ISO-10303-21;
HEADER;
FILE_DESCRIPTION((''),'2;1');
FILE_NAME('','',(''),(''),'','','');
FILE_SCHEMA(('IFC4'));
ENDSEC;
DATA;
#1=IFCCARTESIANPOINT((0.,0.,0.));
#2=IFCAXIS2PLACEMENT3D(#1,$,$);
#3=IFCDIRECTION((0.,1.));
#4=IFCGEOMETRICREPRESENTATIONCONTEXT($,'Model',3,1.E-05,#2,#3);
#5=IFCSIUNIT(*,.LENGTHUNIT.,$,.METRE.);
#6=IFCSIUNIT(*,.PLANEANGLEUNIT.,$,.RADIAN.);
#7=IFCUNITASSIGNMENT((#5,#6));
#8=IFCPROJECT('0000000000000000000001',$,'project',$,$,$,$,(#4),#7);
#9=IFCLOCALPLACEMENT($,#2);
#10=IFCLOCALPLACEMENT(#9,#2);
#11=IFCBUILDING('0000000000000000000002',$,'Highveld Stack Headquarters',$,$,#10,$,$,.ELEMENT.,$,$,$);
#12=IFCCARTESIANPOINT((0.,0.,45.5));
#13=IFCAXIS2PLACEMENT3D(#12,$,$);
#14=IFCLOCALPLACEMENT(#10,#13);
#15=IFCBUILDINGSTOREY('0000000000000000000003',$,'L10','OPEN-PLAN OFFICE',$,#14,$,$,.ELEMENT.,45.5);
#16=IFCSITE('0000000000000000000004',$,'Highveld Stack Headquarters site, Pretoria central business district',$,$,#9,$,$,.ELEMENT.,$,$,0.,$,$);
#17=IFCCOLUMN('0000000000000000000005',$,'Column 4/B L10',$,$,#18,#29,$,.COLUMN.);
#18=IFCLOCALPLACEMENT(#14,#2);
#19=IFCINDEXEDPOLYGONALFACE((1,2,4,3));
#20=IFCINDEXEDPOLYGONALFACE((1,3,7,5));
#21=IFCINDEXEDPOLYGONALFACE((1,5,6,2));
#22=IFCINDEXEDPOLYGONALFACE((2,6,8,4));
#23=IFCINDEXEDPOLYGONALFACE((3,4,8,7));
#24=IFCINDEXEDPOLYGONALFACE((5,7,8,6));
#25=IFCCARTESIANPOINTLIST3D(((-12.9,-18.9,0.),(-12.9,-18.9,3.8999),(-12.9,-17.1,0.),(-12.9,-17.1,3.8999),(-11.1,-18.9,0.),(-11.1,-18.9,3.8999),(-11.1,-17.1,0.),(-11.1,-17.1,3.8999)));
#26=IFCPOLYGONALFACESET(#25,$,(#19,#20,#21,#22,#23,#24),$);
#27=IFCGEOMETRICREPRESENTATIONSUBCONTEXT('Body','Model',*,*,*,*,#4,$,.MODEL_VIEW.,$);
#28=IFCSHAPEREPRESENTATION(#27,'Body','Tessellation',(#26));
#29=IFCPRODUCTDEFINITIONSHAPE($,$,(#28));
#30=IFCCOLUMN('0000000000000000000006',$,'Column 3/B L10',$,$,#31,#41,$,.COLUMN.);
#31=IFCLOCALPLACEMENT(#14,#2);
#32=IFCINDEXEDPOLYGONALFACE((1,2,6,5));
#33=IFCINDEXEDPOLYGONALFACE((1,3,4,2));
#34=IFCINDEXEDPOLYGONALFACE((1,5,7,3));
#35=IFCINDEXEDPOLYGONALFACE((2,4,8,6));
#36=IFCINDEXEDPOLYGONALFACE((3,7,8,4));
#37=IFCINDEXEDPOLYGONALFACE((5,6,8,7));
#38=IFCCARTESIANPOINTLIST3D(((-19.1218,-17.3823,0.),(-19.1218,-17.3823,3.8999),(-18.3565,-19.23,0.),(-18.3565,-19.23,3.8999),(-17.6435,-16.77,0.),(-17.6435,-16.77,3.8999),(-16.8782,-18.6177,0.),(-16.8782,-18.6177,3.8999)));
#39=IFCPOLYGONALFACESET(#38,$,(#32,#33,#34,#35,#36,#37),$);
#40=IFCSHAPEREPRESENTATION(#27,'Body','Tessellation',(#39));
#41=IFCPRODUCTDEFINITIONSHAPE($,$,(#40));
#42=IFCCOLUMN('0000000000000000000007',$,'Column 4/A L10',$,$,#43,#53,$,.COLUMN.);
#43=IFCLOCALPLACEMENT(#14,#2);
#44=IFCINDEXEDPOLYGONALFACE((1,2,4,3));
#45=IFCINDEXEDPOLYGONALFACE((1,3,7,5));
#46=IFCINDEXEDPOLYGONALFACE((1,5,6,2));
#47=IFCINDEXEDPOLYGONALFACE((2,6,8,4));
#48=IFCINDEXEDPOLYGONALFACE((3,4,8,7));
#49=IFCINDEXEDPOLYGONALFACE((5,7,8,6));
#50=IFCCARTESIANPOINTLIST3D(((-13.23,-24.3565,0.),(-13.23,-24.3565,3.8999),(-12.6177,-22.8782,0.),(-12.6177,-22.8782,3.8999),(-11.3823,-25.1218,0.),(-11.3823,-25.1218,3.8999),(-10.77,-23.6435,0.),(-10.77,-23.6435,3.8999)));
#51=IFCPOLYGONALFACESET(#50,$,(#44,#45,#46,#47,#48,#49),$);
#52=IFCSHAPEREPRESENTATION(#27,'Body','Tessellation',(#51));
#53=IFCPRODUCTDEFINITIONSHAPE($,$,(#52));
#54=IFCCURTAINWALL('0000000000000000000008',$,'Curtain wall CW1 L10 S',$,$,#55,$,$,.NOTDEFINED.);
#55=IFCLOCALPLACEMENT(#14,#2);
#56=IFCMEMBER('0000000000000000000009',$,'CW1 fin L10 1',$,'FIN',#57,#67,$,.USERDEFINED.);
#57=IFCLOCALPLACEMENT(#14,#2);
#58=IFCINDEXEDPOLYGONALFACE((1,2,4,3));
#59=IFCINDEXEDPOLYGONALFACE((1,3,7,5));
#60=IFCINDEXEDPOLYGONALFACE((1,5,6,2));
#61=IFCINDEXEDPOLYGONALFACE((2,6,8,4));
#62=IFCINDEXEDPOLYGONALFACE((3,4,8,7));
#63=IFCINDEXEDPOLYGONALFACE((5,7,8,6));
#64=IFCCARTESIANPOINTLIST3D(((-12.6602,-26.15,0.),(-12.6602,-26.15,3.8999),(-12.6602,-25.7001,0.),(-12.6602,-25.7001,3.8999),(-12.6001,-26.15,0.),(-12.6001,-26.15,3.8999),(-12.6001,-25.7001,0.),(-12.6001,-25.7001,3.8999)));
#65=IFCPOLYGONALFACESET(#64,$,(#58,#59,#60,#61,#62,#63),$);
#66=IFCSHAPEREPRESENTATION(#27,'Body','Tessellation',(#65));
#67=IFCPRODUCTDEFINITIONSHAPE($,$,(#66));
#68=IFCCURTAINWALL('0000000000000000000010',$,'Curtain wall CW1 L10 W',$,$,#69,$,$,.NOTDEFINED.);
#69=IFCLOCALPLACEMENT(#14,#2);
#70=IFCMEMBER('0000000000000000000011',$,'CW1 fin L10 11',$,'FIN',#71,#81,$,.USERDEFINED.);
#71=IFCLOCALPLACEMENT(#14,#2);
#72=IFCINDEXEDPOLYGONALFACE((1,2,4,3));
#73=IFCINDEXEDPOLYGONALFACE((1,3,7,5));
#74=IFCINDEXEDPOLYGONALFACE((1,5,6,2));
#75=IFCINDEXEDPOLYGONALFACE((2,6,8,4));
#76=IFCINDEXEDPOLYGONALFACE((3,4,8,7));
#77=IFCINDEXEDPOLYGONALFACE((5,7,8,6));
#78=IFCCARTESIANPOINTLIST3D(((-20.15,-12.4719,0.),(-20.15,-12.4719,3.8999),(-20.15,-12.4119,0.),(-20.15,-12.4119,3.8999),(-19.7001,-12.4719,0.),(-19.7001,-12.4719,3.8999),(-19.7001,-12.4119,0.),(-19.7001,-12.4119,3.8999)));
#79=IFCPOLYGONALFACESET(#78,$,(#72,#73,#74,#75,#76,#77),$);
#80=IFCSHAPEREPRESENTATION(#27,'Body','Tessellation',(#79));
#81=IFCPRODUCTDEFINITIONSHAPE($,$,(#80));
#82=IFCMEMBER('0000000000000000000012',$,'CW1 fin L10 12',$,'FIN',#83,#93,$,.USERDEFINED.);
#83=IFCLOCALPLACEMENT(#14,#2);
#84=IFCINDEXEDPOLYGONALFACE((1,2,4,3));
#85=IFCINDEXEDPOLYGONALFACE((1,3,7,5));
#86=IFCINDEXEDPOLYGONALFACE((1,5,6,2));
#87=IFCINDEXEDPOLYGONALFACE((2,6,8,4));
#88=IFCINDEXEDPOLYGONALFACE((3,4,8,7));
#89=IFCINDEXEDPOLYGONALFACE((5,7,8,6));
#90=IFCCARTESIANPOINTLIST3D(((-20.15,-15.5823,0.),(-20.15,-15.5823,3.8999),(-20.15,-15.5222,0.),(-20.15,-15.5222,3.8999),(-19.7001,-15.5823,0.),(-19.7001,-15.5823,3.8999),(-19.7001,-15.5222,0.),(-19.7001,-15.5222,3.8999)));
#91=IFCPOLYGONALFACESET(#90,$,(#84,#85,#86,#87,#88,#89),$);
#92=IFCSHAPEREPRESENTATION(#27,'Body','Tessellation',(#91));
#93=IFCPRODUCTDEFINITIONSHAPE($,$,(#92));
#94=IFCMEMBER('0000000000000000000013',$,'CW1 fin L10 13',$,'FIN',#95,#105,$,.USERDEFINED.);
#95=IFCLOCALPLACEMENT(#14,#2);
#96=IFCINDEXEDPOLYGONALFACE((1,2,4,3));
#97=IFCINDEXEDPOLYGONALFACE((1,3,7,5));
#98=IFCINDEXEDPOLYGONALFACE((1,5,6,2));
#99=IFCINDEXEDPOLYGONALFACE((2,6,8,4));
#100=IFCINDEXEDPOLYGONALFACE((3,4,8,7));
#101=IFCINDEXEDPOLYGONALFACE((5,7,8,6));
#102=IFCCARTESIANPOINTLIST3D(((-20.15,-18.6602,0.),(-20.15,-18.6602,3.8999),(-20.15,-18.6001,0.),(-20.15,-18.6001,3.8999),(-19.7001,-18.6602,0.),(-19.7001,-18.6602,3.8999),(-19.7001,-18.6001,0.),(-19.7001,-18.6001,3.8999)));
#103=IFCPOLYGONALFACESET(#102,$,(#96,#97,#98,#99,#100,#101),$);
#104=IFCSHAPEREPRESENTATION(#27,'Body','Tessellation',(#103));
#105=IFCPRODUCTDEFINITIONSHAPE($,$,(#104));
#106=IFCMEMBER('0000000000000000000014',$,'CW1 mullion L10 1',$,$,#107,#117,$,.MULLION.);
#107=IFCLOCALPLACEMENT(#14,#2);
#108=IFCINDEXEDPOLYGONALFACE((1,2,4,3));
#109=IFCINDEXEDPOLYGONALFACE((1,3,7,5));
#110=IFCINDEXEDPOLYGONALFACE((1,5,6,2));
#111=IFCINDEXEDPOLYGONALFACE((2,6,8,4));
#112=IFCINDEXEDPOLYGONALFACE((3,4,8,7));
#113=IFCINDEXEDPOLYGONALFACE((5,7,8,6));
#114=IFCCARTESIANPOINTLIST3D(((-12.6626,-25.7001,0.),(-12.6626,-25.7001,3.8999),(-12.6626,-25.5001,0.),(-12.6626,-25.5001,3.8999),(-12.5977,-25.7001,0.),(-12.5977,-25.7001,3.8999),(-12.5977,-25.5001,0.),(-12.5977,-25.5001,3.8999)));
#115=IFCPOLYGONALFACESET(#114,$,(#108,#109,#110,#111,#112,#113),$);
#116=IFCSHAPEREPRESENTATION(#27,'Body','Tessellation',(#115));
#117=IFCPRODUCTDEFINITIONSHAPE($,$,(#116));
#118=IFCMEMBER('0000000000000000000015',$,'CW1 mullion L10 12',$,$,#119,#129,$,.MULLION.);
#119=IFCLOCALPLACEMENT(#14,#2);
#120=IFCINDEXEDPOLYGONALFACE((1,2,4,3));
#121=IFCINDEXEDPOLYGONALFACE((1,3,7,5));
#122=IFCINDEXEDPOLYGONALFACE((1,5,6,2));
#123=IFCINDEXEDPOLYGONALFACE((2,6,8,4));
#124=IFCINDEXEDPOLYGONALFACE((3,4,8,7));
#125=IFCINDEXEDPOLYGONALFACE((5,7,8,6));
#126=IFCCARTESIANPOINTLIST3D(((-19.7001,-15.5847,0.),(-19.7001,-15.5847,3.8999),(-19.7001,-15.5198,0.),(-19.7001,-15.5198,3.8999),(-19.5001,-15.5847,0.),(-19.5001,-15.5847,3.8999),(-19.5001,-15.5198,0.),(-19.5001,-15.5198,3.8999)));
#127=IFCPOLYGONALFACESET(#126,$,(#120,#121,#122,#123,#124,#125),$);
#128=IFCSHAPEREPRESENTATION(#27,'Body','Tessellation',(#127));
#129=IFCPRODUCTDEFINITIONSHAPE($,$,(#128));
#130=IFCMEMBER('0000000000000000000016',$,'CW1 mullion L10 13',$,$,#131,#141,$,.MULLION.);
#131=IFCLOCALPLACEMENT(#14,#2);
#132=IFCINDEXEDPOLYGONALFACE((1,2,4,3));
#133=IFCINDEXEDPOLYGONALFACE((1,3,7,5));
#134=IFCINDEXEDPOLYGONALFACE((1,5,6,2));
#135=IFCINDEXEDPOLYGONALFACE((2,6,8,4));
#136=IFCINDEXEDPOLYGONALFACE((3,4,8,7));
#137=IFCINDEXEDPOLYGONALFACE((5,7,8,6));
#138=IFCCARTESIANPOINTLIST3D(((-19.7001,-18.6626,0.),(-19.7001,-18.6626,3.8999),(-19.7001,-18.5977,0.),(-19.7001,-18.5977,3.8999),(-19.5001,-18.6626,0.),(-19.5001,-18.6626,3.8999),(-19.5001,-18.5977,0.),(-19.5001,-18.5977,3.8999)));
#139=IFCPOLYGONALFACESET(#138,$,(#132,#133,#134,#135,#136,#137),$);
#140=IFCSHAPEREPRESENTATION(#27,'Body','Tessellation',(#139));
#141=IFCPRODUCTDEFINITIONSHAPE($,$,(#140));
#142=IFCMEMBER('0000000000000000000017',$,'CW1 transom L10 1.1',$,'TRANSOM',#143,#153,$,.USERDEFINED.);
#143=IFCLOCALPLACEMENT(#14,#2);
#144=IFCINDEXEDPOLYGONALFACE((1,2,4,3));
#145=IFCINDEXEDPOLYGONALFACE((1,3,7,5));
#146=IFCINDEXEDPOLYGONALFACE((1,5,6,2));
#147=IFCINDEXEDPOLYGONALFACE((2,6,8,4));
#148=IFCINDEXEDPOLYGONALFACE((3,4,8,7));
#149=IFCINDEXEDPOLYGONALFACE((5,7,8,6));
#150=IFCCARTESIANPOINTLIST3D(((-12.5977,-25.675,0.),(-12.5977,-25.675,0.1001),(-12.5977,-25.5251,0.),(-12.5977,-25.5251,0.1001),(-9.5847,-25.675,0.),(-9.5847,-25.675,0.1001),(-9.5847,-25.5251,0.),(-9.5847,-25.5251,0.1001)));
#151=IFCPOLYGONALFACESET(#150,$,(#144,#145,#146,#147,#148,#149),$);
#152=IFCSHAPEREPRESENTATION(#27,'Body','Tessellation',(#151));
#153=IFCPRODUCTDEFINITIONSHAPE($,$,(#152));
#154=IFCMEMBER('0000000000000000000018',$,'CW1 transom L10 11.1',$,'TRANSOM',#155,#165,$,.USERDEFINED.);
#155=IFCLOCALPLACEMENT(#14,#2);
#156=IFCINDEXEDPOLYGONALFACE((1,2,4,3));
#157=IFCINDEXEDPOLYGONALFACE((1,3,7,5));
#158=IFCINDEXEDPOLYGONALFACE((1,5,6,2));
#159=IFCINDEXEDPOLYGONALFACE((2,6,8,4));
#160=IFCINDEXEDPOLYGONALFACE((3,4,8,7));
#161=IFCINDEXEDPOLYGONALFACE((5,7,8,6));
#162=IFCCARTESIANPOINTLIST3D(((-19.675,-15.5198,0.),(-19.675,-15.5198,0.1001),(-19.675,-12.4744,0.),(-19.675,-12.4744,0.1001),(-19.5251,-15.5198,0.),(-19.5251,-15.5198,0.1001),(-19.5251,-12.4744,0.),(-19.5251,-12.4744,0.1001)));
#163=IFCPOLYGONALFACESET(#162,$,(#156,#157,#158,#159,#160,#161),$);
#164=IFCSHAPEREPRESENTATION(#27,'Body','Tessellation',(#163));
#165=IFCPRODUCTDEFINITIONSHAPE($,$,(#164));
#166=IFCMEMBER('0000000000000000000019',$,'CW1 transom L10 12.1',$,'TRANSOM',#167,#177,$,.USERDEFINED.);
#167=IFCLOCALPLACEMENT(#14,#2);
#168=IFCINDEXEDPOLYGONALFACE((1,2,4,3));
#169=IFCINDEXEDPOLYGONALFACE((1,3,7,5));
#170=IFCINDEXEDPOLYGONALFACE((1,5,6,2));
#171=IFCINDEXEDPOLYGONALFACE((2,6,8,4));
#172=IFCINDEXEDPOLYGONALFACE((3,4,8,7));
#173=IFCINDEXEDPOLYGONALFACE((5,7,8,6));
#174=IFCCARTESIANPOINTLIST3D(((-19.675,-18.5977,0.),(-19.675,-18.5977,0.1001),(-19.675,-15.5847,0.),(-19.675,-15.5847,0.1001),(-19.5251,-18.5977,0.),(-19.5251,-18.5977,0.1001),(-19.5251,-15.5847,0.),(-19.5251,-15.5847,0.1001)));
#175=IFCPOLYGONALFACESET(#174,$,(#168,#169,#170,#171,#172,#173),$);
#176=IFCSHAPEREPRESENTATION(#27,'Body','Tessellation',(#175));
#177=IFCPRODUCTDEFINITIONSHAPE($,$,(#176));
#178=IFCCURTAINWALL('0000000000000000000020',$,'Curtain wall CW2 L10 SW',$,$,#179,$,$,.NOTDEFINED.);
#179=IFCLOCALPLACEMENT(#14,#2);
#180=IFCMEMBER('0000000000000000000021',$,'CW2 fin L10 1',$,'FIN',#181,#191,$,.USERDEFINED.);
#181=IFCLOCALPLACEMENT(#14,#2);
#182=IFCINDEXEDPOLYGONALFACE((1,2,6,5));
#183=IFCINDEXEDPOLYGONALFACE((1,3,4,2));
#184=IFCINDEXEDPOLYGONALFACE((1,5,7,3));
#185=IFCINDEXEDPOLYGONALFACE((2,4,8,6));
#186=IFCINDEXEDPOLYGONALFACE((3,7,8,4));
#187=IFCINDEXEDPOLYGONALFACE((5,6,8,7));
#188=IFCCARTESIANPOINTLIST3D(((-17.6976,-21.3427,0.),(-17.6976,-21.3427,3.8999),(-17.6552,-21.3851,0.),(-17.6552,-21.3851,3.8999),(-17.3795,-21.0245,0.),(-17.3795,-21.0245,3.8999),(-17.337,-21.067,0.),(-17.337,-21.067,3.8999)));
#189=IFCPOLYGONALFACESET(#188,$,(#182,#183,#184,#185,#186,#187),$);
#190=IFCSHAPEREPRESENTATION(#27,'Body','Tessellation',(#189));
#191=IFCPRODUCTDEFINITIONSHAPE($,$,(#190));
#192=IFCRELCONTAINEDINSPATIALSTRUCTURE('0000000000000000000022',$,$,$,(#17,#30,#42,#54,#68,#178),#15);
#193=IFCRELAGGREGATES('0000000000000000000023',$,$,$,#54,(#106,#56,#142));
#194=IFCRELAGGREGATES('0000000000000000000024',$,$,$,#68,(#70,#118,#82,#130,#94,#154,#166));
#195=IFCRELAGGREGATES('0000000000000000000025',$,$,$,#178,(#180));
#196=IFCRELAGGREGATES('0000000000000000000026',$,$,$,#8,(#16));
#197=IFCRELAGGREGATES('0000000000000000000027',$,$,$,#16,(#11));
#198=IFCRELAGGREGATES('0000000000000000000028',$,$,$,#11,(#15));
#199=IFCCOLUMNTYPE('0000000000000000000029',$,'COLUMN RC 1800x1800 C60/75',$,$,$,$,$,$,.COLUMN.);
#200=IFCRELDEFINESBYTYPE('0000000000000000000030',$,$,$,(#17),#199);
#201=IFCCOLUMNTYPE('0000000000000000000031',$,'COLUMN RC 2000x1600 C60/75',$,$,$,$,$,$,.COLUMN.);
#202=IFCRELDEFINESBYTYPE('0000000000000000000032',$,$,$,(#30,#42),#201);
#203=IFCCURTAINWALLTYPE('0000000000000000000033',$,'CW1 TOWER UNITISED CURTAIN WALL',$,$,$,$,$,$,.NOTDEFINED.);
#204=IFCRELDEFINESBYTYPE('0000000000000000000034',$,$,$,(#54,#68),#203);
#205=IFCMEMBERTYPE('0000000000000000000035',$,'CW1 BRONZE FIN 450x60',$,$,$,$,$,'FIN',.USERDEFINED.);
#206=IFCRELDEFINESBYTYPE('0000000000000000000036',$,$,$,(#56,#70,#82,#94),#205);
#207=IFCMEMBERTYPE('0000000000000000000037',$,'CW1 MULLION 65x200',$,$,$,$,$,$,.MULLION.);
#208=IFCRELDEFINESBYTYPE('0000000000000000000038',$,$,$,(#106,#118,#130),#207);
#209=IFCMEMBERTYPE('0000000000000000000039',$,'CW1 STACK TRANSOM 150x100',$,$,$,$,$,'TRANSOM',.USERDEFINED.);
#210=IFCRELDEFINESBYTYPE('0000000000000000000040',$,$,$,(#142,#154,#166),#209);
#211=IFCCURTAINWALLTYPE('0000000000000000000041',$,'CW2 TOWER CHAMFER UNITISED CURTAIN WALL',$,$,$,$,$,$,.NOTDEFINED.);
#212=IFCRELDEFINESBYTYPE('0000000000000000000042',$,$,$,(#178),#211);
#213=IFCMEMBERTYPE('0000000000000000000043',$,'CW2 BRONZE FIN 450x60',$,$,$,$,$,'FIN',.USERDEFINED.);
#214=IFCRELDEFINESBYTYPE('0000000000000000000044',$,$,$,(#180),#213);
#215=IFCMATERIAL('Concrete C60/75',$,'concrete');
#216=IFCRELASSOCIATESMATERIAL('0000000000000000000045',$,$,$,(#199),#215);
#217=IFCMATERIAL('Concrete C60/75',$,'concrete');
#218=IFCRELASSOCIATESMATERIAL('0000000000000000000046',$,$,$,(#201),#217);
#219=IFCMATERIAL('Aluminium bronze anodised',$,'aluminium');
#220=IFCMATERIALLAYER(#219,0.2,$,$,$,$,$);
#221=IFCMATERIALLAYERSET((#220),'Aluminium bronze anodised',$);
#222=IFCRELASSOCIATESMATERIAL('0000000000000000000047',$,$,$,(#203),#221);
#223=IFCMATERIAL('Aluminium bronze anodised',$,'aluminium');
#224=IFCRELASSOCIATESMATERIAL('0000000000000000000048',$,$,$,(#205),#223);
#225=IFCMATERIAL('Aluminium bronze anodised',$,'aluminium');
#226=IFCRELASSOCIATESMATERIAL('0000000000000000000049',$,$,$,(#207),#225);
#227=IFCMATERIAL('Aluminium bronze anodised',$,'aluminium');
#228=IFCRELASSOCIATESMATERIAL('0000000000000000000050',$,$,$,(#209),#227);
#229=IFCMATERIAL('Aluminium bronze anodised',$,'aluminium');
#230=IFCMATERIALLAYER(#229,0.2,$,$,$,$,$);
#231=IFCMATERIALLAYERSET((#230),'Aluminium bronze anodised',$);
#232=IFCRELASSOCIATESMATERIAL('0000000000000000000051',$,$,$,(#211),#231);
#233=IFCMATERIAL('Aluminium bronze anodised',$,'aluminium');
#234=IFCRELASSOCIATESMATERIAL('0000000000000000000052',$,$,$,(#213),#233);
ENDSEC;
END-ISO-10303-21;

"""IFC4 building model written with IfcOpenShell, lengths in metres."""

from ifc_helpers import new_model, si_unit, direction, frame, origin, origin_2d, place, context, subcontext, project, spatial, rectangle, extrude, material, layer, layer_set, material_profile, profile_set, type_object, element, aggregate, save


model = new_model("IFC4")

# Units and contexts
model_context = context("Model", 3, precision=1e-05, world=origin(), true_north=direction((0.0, 1.0)))
body_context = subcontext(model_context, "Body", "Model", "MODEL_VIEW")
ifc_project = project(units=[si_unit("LENGTHUNIT", "METRE"), si_unit("PLANEANGLEUNIT", "RADIAN")], contexts=[model_context])

# Site, building, storey
site_placement = place(None, origin())
site = spatial("IfcSite", under=ifc_project, at=site_placement, Name="Highveld Stack Headquarters site, Pretoria central business district", CompositionType="ELEMENT", RefElevation=0.0)
building_placement = place(site_placement, origin())
building = spatial("IfcBuilding", under=site, at=building_placement, Name="Highveld Stack Headquarters", CompositionType="ELEMENT")
storey_placement = place(building_placement, frame((0.0, 0.0, 45.5)))
storey = spatial("IfcBuildingStorey", under=building, at=storey_placement, Name="L10", Description="OPEN-PLAN OFFICE", CompositionType="ELEMENT", Elevation=45.5)

# Columns
ifc_material_1 = material(Name="Concrete C60/75", Category="concrete")
ifc_material_profile_1 = material_profile(ifc_material_1, rectangle(XDim=1.8, YDim=1.8, at=origin_2d()), Name="RC 1800x1800")
ifc_profile_set_1 = profile_set([ifc_material_profile_1], Name="Concrete C60/75")
column_type_1 = type_object("IfcColumnType", Name="COLUMN RC 1800x1800 C60/75", PredefinedType="COLUMN", material=ifc_profile_set_1)
column_placement = place(storey_placement, frame((-12.0, -18.0, 0.0), z_axis=(0.0, 0.0, 1.0), x_axis=(1.0, 0.0, 0.0)))
element("IfcColumn", 1, at=column_placement, inside=storey, type_object=column_type_1, Name="Column 4/B L10", PredefinedType="COLUMN", context=body_context, shape_type="SweptSolid", body=[
    extrude(rectangle(XDim=1.8, YDim=1.8, at=origin_2d()), origin(), (0.0, 0.0, 1.0), 3.8999),
])
ifc_material_2 = material(Name="Concrete C60/75", Category="concrete")
ifc_material_profile_2 = material_profile(ifc_material_2, rectangle(XDim=2.0, YDim=1.6001, at=origin_2d()), Name="RC 2000x1600")
ifc_profile_set_2 = profile_set([ifc_material_profile_2], Name="Concrete C60/75")
column_type_2 = type_object("IfcColumnType", Name="COLUMN RC 2000x1600 C60/75", PredefinedType="COLUMN", material=ifc_profile_set_2)
for number, where, z_axis, x_axis, name in (
    (2, (-18.0, -18.0, 0.0), (0.0, 0.0, 1.0), (-0.382683, 0.92388, 0.0), "Column 3/B L10"),
    (3, (-12.0, -24.0, 0.0), (0.0, 0.0, 1.0), (-0.92388, 0.382683, 0.0), "Column 4/A L10"),
):
    element("IfcColumn", number, at=place(storey_placement, frame(where, z_axis=z_axis, x_axis=x_axis)), inside=storey, type_object=column_type_2, Name=name, PredefinedType="COLUMN", context=body_context, shape_type="SweptSolid", body=[
        extrude(rectangle(XDim=2.0, YDim=1.6001, at=origin_2d()), origin(), (0.0, 0.0, 1.0), 3.8999),
    ])

# Curtain wall, member
ifc_material_3 = material(Name="Aluminium bronze anodised", Category="aluminium")
ifc_layer_1 = layer(ifc_material_3, 0.2)
ifc_layer_set_1 = layer_set([ifc_layer_1], Name="Aluminium bronze anodised")
curtain_wall_type_1 = type_object("IfcCurtainWallType", Name="CW1 TOWER UNITISED CURTAIN WALL", PredefinedType="NOTDEFINED", material=ifc_layer_set_1)
curtain_wall_1_placement = place(storey_placement, origin())
curtain_wall_1 = element("IfcCurtainWall", 4, at=curtain_wall_1_placement, inside=storey, type_object=curtain_wall_type_1, Name="Curtain wall CW1 L10 S", PredefinedType="NOTDEFINED")
ifc_material_4 = material(Name="Aluminium bronze anodised", Category="aluminium")
ifc_material_profile_3 = material_profile(ifc_material_4, rectangle(XDim=0.45, YDim=0.0601, at=origin_2d()), Name="FIN 450x60")
ifc_profile_set_3 = profile_set([ifc_material_profile_3], Name="Aluminium bronze anodised")
member_type_1 = type_object("IfcMemberType", Name="CW1 BRONZE FIN 450x60", ElementType="FIN", PredefinedType="USERDEFINED", material=ifc_profile_set_3)
member_1_placement = place(storey_placement, frame((-12.6301, -25.925, 0.0), z_axis=(0.0, 0.0, 1.0), x_axis=(0.0, 1.0, 0.0)))
member_1 = element("IfcMember", 5, at=member_1_placement, type_object=member_type_1, Name="CW1 fin L10 1", ObjectType="FIN", PredefinedType="USERDEFINED", context=body_context, shape_type="SweptSolid", body=[
    extrude(rectangle(XDim=0.45, YDim=0.0601, at=origin_2d()), origin(), (0.0, 0.0, 1.0), 3.8999),
])

# Curtain wall, members
curtain_wall_2_placement = place(storey_placement, origin())
curtain_wall_2 = element("IfcCurtainWall", 6, at=curtain_wall_2_placement, inside=storey, type_object=curtain_wall_type_1, Name="Curtain wall CW1 L10 W", PredefinedType="NOTDEFINED")
member_2_placement = place(storey_placement, frame((-19.925, -12.4419, 0.0), z_axis=(0.0, 0.0, 1.0), x_axis=(1.0, 0.0, 0.0)))
member_2 = element("IfcMember", 7, at=member_2_placement, type_object=member_type_1, Name="CW1 fin L10 11", ObjectType="FIN", PredefinedType="USERDEFINED", context=body_context, shape_type="SweptSolid", body=[
    extrude(rectangle(XDim=0.45, YDim=0.0601, at=origin_2d()), origin(), (0.0, 0.0, 1.0), 3.8999),
])
member_3_placement = place(storey_placement, frame((-19.925, -15.5522, 0.0), z_axis=(0.0, 0.0, 1.0), x_axis=(1.0, 0.0, 0.0)))
member_3 = element("IfcMember", 8, at=member_3_placement, type_object=member_type_1, Name="CW1 fin L10 12", ObjectType="FIN", PredefinedType="USERDEFINED", context=body_context, shape_type="SweptSolid", body=[
    extrude(rectangle(XDim=0.45, YDim=0.0601, at=origin_2d()), origin(), (0.0, 0.0, 1.0), 3.8999),
])
member_4_placement = place(storey_placement, frame((-19.925, -18.6301, 0.0), z_axis=(0.0, 0.0, 1.0), x_axis=(1.0, 0.0, 0.0)))
member_4 = element("IfcMember", 9, at=member_4_placement, type_object=member_type_1, Name="CW1 fin L10 13", ObjectType="FIN", PredefinedType="USERDEFINED", context=body_context, shape_type="SweptSolid", body=[
    extrude(rectangle(XDim=0.45, YDim=0.0601, at=origin_2d()), origin(), (0.0, 0.0, 1.0), 3.8999),
])

# Members
ifc_material_5 = material(Name="Aluminium bronze anodised", Category="aluminium")
ifc_material_profile_4 = material_profile(ifc_material_5, rectangle(XDim=0.2, YDim=0.0649, at=origin_2d()), Name="CW1 MULLION 65x200")
ifc_profile_set_4 = profile_set([ifc_material_profile_4], Name="Aluminium bronze anodised")
member_type_2 = type_object("IfcMemberType", Name="CW1 MULLION 65x200", PredefinedType="MULLION", material=ifc_profile_set_4)
member_5_placement = place(storey_placement, frame((-12.6301, -25.6001, 0.0), z_axis=(0.0, 0.0, 1.0), x_axis=(0.0, 1.0, 0.0)))
member_5 = element("IfcMember", 10, at=member_5_placement, type_object=member_type_2, Name="CW1 mullion L10 1", PredefinedType="MULLION", context=body_context, shape_type="SweptSolid", body=[
    extrude(rectangle(XDim=0.2, YDim=0.0649, at=origin_2d()), origin(), (0.0, 0.0, 1.0), 3.8999),
])
member_6_placement = place(storey_placement, frame((-19.6001, -15.5522, 0.0), z_axis=(0.0, 0.0, 1.0), x_axis=(1.0, 0.0, 0.0)))
member_6 = element("IfcMember", 11, at=member_6_placement, type_object=member_type_2, Name="CW1 mullion L10 12", PredefinedType="MULLION", context=body_context, shape_type="SweptSolid", body=[
    extrude(rectangle(XDim=0.2, YDim=0.0649, at=origin_2d()), origin(), (0.0, 0.0, 1.0), 3.8999),
])
member_7_placement = place(storey_placement, frame((-19.6001, -18.6301, 0.0), z_axis=(0.0, 0.0, 1.0), x_axis=(1.0, 0.0, 0.0)))
member_7 = element("IfcMember", 12, at=member_7_placement, type_object=member_type_2, Name="CW1 mullion L10 13", PredefinedType="MULLION", context=body_context, shape_type="SweptSolid", body=[
    extrude(rectangle(XDim=0.2, YDim=0.0649, at=origin_2d()), origin(), (0.0, 0.0, 1.0), 3.8999),
])
ifc_material_6 = material(Name="Aluminium bronze anodised", Category="aluminium")
ifc_material_profile_5 = material_profile(ifc_material_6, rectangle(XDim=0.1499, YDim=0.1001, at=origin_2d()), Name="CW1 TRANSOM 150x100")
ifc_profile_set_5 = profile_set([ifc_material_profile_5], Name="Aluminium bronze anodised")
member_type_3 = type_object("IfcMemberType", Name="CW1 STACK TRANSOM 150x100", ElementType="TRANSOM", PredefinedType="USERDEFINED", material=ifc_profile_set_5)
member_8_placement = place(storey_placement, frame((-12.5977, -25.6001, 0.05), z_axis=(1.0, 0.0, 0.0), x_axis=(0.0, 1.0, 0.0)))
member_8 = element("IfcMember", 13, at=member_8_placement, type_object=member_type_3, Name="CW1 transom L10 1.1", ObjectType="TRANSOM", PredefinedType="USERDEFINED", context=body_context, shape_type="SweptSolid", body=[
    extrude(rectangle(XDim=0.1499, YDim=0.1001, at=origin_2d()), origin(), (0.0, 0.0, 1.0), 3.0129),
])
aggregate(curtain_wall_1, [member_5, member_1, member_8])
member_9_placement = place(storey_placement, frame((-19.6001, -12.4744, 0.05), z_axis=(0.0, -1.0, 0.0), x_axis=(1.0, 0.0, 0.0)))
member_9 = element("IfcMember", 14, at=member_9_placement, type_object=member_type_3, Name="CW1 transom L10 11.1", ObjectType="TRANSOM", PredefinedType="USERDEFINED", context=body_context, shape_type="SweptSolid", body=[
    extrude(rectangle(XDim=0.1499, YDim=0.1001, at=origin_2d()), origin(), (0.0, 0.0, 1.0), 3.0454),
])
member_10_placement = place(storey_placement, frame((-19.6001, -15.5847, 0.05), z_axis=(0.0, -1.0, 0.0), x_axis=(1.0, 0.0, 0.0)))
member_10 = element("IfcMember", 15, at=member_10_placement, type_object=member_type_3, Name="CW1 transom L10 12.1", ObjectType="TRANSOM", PredefinedType="USERDEFINED", context=body_context, shape_type="SweptSolid", body=[
    extrude(rectangle(XDim=0.1499, YDim=0.1001, at=origin_2d()), origin(), (0.0, 0.0, 1.0), 3.0129),
])

# Curtain wall, member
ifc_material_7 = material(Name="Aluminium bronze anodised", Category="aluminium")
ifc_layer_2 = layer(ifc_material_7, 0.2)
ifc_layer_set_2 = layer_set([ifc_layer_2], Name="Aluminium bronze anodised")
curtain_wall_type_2 = type_object("IfcCurtainWallType", Name="CW2 TOWER CHAMFER UNITISED CURTAIN WALL", PredefinedType="NOTDEFINED", material=ifc_layer_set_2)
curtain_wall_3_placement = place(storey_placement, origin())
curtain_wall_3 = element("IfcCurtainWall", 16, at=curtain_wall_3_placement, inside=storey, type_object=curtain_wall_type_2, Name="Curtain wall CW2 L10 SW", PredefinedType="NOTDEFINED")
ifc_material_8 = material(Name="Aluminium bronze anodised", Category="aluminium")
ifc_material_profile_6 = material_profile(ifc_material_8, rectangle(XDim=0.45, YDim=0.0601, at=origin_2d()), Name="FIN 450x60")
ifc_profile_set_6 = profile_set([ifc_material_profile_6], Name="Aluminium bronze anodised")
member_type_4 = type_object("IfcMemberType", Name="CW2 BRONZE FIN 450x60", ElementType="FIN", PredefinedType="USERDEFINED", material=ifc_profile_set_6)
member_11_placement = place(storey_placement, frame((-17.5173, -21.2048, 0.0), z_axis=(0.0, 0.0, 1.0), x_axis=(0.707107, 0.707107, 0.0)))
member_11 = element("IfcMember", 17, at=member_11_placement, type_object=member_type_4, Name="CW2 fin L10 1", ObjectType="FIN", PredefinedType="USERDEFINED", context=body_context, shape_type="SweptSolid", body=[
    extrude(rectangle(XDim=0.45, YDim=0.0601, at=origin_2d()), origin(), (0.0, 0.0, 1.0), 3.8999),
])

aggregate(curtain_wall_2, [member_2, member_6, member_3, member_7, member_4, member_9, member_10])
aggregate(curtain_wall_3, [member_11])

save(model, "model.ifc")
